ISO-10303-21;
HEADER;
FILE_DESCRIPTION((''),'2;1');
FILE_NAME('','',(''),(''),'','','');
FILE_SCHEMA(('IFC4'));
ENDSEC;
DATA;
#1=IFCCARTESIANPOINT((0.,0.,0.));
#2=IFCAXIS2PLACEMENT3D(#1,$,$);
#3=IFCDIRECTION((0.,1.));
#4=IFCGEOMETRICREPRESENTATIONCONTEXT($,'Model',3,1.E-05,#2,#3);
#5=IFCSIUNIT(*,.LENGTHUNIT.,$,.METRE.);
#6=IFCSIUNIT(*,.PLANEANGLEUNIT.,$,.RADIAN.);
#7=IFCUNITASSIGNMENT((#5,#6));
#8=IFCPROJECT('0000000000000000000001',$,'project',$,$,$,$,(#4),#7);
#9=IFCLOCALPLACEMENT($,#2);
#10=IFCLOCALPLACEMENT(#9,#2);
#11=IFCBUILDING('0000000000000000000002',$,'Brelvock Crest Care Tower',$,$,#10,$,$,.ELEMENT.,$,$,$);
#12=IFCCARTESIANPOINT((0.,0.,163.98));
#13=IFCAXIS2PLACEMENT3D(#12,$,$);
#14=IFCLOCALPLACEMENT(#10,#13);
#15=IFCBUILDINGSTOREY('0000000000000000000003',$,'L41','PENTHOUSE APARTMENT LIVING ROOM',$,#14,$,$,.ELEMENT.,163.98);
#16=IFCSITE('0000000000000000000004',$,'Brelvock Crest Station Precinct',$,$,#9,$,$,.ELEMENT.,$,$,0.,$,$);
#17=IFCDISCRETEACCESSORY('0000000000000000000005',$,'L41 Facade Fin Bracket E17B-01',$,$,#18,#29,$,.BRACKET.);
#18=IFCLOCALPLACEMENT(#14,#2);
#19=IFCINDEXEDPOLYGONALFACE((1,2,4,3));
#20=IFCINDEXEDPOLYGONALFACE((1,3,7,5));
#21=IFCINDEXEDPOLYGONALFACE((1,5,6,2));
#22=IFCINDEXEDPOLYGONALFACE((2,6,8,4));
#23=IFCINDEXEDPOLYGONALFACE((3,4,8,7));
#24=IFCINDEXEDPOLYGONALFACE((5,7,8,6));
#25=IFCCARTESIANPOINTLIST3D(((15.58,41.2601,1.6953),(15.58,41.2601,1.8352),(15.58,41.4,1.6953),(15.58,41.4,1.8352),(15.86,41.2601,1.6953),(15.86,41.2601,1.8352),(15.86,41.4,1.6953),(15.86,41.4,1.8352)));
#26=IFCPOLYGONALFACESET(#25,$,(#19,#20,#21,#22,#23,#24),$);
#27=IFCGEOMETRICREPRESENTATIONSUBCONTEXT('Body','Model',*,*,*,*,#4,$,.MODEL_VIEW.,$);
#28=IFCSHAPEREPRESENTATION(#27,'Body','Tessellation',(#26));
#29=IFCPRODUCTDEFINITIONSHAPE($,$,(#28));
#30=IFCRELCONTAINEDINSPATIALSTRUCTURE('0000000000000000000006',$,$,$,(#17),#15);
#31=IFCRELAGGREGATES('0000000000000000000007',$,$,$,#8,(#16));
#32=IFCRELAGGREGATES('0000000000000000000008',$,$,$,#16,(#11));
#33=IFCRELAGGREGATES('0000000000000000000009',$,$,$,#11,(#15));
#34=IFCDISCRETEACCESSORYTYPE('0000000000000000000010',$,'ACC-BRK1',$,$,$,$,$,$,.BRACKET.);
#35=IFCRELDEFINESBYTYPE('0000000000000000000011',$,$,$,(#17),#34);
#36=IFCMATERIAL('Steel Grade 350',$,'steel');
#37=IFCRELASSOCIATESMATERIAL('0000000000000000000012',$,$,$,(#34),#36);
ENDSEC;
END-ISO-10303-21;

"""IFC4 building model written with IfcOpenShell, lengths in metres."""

from ifc_helpers import new_model, si_unit, direction, frame, origin, origin_2d, place, context, subcontext, project, spatial, rectangle, extrude, source, transform, mapped, material, type_object, element, save


model = new_model("IFC4")

# Units and contexts
model_context = context("Model", 3, precision=1e-05, world=origin(), true_north=direction((0.0, 1.0)))
body_context = subcontext(model_context, "Body", "Model", "MODEL_VIEW")
ifc_project = project(units=[si_unit("LENGTHUNIT", "METRE"), si_unit("PLANEANGLEUNIT", "RADIAN")], contexts=[model_context])

# Site, building, storey
site_placement = place(None, origin())
site = spatial("IfcSite", under=ifc_project, at=site_placement, Name="Brelvock Crest Station Precinct", CompositionType="ELEMENT", RefElevation=0.0)
building_placement = place(site_placement, origin())
building = spatial("IfcBuilding", under=site, at=building_placement, Name="Brelvock Crest Care Tower", CompositionType="ELEMENT")
storey_placement = place(building_placement, frame((0.0, 0.0, 163.98)))
storey = spatial("IfcBuildingStorey", under=building, at=storey_placement, Name="L41", Description="PENTHOUSE APARTMENT LIVING ROOM", CompositionType="ELEMENT", Elevation=163.98)

# Shared definitions
ifc_material_1 = material(Name="Steel Grade 350", Category="steel")

# Discrete accessory
discrete_accessory_type = type_object("IfcDiscreteAccessoryType", Name="ACC-BRK1", PredefinedType="BRACKET", material=ifc_material_1)
shared_shape_1 = source(origin(), body_context, "Body", "SweptSolid", [
    extrude(rectangle(XDim=0.28, YDim=0.1399, at=origin_2d()), origin(), (0.0, 0.0, 1.0), 0.1399),
])
for number, where, z_axis, x_axis, name in (
    (1, (15.72, 41.3301, 1.6953), (0.0, 0.0, 1.0), (-1.0, 0.0, 0.0), "L41 Facade Fin Bracket E17B-01"),
):
    element("IfcDiscreteAccessory", number, at=place(storey_placement, frame(where, z_axis=z_axis, x_axis=x_axis)), inside=storey, type_object=discrete_accessory_type, Name=name, PredefinedType="BRACKET", context=body_context, shape_type="MappedRepresentation", body=[
        mapped(shared_shape_1, transform((0.0, 0.0, 0.0), x_axis=(1.0, 0.0, 0.0), y_axis=(0.0, 1.0, 0.0), z_axis=(0.0, 0.0, 1.0), scale=1.0)),
    ])

save(model, "model.ifc")
